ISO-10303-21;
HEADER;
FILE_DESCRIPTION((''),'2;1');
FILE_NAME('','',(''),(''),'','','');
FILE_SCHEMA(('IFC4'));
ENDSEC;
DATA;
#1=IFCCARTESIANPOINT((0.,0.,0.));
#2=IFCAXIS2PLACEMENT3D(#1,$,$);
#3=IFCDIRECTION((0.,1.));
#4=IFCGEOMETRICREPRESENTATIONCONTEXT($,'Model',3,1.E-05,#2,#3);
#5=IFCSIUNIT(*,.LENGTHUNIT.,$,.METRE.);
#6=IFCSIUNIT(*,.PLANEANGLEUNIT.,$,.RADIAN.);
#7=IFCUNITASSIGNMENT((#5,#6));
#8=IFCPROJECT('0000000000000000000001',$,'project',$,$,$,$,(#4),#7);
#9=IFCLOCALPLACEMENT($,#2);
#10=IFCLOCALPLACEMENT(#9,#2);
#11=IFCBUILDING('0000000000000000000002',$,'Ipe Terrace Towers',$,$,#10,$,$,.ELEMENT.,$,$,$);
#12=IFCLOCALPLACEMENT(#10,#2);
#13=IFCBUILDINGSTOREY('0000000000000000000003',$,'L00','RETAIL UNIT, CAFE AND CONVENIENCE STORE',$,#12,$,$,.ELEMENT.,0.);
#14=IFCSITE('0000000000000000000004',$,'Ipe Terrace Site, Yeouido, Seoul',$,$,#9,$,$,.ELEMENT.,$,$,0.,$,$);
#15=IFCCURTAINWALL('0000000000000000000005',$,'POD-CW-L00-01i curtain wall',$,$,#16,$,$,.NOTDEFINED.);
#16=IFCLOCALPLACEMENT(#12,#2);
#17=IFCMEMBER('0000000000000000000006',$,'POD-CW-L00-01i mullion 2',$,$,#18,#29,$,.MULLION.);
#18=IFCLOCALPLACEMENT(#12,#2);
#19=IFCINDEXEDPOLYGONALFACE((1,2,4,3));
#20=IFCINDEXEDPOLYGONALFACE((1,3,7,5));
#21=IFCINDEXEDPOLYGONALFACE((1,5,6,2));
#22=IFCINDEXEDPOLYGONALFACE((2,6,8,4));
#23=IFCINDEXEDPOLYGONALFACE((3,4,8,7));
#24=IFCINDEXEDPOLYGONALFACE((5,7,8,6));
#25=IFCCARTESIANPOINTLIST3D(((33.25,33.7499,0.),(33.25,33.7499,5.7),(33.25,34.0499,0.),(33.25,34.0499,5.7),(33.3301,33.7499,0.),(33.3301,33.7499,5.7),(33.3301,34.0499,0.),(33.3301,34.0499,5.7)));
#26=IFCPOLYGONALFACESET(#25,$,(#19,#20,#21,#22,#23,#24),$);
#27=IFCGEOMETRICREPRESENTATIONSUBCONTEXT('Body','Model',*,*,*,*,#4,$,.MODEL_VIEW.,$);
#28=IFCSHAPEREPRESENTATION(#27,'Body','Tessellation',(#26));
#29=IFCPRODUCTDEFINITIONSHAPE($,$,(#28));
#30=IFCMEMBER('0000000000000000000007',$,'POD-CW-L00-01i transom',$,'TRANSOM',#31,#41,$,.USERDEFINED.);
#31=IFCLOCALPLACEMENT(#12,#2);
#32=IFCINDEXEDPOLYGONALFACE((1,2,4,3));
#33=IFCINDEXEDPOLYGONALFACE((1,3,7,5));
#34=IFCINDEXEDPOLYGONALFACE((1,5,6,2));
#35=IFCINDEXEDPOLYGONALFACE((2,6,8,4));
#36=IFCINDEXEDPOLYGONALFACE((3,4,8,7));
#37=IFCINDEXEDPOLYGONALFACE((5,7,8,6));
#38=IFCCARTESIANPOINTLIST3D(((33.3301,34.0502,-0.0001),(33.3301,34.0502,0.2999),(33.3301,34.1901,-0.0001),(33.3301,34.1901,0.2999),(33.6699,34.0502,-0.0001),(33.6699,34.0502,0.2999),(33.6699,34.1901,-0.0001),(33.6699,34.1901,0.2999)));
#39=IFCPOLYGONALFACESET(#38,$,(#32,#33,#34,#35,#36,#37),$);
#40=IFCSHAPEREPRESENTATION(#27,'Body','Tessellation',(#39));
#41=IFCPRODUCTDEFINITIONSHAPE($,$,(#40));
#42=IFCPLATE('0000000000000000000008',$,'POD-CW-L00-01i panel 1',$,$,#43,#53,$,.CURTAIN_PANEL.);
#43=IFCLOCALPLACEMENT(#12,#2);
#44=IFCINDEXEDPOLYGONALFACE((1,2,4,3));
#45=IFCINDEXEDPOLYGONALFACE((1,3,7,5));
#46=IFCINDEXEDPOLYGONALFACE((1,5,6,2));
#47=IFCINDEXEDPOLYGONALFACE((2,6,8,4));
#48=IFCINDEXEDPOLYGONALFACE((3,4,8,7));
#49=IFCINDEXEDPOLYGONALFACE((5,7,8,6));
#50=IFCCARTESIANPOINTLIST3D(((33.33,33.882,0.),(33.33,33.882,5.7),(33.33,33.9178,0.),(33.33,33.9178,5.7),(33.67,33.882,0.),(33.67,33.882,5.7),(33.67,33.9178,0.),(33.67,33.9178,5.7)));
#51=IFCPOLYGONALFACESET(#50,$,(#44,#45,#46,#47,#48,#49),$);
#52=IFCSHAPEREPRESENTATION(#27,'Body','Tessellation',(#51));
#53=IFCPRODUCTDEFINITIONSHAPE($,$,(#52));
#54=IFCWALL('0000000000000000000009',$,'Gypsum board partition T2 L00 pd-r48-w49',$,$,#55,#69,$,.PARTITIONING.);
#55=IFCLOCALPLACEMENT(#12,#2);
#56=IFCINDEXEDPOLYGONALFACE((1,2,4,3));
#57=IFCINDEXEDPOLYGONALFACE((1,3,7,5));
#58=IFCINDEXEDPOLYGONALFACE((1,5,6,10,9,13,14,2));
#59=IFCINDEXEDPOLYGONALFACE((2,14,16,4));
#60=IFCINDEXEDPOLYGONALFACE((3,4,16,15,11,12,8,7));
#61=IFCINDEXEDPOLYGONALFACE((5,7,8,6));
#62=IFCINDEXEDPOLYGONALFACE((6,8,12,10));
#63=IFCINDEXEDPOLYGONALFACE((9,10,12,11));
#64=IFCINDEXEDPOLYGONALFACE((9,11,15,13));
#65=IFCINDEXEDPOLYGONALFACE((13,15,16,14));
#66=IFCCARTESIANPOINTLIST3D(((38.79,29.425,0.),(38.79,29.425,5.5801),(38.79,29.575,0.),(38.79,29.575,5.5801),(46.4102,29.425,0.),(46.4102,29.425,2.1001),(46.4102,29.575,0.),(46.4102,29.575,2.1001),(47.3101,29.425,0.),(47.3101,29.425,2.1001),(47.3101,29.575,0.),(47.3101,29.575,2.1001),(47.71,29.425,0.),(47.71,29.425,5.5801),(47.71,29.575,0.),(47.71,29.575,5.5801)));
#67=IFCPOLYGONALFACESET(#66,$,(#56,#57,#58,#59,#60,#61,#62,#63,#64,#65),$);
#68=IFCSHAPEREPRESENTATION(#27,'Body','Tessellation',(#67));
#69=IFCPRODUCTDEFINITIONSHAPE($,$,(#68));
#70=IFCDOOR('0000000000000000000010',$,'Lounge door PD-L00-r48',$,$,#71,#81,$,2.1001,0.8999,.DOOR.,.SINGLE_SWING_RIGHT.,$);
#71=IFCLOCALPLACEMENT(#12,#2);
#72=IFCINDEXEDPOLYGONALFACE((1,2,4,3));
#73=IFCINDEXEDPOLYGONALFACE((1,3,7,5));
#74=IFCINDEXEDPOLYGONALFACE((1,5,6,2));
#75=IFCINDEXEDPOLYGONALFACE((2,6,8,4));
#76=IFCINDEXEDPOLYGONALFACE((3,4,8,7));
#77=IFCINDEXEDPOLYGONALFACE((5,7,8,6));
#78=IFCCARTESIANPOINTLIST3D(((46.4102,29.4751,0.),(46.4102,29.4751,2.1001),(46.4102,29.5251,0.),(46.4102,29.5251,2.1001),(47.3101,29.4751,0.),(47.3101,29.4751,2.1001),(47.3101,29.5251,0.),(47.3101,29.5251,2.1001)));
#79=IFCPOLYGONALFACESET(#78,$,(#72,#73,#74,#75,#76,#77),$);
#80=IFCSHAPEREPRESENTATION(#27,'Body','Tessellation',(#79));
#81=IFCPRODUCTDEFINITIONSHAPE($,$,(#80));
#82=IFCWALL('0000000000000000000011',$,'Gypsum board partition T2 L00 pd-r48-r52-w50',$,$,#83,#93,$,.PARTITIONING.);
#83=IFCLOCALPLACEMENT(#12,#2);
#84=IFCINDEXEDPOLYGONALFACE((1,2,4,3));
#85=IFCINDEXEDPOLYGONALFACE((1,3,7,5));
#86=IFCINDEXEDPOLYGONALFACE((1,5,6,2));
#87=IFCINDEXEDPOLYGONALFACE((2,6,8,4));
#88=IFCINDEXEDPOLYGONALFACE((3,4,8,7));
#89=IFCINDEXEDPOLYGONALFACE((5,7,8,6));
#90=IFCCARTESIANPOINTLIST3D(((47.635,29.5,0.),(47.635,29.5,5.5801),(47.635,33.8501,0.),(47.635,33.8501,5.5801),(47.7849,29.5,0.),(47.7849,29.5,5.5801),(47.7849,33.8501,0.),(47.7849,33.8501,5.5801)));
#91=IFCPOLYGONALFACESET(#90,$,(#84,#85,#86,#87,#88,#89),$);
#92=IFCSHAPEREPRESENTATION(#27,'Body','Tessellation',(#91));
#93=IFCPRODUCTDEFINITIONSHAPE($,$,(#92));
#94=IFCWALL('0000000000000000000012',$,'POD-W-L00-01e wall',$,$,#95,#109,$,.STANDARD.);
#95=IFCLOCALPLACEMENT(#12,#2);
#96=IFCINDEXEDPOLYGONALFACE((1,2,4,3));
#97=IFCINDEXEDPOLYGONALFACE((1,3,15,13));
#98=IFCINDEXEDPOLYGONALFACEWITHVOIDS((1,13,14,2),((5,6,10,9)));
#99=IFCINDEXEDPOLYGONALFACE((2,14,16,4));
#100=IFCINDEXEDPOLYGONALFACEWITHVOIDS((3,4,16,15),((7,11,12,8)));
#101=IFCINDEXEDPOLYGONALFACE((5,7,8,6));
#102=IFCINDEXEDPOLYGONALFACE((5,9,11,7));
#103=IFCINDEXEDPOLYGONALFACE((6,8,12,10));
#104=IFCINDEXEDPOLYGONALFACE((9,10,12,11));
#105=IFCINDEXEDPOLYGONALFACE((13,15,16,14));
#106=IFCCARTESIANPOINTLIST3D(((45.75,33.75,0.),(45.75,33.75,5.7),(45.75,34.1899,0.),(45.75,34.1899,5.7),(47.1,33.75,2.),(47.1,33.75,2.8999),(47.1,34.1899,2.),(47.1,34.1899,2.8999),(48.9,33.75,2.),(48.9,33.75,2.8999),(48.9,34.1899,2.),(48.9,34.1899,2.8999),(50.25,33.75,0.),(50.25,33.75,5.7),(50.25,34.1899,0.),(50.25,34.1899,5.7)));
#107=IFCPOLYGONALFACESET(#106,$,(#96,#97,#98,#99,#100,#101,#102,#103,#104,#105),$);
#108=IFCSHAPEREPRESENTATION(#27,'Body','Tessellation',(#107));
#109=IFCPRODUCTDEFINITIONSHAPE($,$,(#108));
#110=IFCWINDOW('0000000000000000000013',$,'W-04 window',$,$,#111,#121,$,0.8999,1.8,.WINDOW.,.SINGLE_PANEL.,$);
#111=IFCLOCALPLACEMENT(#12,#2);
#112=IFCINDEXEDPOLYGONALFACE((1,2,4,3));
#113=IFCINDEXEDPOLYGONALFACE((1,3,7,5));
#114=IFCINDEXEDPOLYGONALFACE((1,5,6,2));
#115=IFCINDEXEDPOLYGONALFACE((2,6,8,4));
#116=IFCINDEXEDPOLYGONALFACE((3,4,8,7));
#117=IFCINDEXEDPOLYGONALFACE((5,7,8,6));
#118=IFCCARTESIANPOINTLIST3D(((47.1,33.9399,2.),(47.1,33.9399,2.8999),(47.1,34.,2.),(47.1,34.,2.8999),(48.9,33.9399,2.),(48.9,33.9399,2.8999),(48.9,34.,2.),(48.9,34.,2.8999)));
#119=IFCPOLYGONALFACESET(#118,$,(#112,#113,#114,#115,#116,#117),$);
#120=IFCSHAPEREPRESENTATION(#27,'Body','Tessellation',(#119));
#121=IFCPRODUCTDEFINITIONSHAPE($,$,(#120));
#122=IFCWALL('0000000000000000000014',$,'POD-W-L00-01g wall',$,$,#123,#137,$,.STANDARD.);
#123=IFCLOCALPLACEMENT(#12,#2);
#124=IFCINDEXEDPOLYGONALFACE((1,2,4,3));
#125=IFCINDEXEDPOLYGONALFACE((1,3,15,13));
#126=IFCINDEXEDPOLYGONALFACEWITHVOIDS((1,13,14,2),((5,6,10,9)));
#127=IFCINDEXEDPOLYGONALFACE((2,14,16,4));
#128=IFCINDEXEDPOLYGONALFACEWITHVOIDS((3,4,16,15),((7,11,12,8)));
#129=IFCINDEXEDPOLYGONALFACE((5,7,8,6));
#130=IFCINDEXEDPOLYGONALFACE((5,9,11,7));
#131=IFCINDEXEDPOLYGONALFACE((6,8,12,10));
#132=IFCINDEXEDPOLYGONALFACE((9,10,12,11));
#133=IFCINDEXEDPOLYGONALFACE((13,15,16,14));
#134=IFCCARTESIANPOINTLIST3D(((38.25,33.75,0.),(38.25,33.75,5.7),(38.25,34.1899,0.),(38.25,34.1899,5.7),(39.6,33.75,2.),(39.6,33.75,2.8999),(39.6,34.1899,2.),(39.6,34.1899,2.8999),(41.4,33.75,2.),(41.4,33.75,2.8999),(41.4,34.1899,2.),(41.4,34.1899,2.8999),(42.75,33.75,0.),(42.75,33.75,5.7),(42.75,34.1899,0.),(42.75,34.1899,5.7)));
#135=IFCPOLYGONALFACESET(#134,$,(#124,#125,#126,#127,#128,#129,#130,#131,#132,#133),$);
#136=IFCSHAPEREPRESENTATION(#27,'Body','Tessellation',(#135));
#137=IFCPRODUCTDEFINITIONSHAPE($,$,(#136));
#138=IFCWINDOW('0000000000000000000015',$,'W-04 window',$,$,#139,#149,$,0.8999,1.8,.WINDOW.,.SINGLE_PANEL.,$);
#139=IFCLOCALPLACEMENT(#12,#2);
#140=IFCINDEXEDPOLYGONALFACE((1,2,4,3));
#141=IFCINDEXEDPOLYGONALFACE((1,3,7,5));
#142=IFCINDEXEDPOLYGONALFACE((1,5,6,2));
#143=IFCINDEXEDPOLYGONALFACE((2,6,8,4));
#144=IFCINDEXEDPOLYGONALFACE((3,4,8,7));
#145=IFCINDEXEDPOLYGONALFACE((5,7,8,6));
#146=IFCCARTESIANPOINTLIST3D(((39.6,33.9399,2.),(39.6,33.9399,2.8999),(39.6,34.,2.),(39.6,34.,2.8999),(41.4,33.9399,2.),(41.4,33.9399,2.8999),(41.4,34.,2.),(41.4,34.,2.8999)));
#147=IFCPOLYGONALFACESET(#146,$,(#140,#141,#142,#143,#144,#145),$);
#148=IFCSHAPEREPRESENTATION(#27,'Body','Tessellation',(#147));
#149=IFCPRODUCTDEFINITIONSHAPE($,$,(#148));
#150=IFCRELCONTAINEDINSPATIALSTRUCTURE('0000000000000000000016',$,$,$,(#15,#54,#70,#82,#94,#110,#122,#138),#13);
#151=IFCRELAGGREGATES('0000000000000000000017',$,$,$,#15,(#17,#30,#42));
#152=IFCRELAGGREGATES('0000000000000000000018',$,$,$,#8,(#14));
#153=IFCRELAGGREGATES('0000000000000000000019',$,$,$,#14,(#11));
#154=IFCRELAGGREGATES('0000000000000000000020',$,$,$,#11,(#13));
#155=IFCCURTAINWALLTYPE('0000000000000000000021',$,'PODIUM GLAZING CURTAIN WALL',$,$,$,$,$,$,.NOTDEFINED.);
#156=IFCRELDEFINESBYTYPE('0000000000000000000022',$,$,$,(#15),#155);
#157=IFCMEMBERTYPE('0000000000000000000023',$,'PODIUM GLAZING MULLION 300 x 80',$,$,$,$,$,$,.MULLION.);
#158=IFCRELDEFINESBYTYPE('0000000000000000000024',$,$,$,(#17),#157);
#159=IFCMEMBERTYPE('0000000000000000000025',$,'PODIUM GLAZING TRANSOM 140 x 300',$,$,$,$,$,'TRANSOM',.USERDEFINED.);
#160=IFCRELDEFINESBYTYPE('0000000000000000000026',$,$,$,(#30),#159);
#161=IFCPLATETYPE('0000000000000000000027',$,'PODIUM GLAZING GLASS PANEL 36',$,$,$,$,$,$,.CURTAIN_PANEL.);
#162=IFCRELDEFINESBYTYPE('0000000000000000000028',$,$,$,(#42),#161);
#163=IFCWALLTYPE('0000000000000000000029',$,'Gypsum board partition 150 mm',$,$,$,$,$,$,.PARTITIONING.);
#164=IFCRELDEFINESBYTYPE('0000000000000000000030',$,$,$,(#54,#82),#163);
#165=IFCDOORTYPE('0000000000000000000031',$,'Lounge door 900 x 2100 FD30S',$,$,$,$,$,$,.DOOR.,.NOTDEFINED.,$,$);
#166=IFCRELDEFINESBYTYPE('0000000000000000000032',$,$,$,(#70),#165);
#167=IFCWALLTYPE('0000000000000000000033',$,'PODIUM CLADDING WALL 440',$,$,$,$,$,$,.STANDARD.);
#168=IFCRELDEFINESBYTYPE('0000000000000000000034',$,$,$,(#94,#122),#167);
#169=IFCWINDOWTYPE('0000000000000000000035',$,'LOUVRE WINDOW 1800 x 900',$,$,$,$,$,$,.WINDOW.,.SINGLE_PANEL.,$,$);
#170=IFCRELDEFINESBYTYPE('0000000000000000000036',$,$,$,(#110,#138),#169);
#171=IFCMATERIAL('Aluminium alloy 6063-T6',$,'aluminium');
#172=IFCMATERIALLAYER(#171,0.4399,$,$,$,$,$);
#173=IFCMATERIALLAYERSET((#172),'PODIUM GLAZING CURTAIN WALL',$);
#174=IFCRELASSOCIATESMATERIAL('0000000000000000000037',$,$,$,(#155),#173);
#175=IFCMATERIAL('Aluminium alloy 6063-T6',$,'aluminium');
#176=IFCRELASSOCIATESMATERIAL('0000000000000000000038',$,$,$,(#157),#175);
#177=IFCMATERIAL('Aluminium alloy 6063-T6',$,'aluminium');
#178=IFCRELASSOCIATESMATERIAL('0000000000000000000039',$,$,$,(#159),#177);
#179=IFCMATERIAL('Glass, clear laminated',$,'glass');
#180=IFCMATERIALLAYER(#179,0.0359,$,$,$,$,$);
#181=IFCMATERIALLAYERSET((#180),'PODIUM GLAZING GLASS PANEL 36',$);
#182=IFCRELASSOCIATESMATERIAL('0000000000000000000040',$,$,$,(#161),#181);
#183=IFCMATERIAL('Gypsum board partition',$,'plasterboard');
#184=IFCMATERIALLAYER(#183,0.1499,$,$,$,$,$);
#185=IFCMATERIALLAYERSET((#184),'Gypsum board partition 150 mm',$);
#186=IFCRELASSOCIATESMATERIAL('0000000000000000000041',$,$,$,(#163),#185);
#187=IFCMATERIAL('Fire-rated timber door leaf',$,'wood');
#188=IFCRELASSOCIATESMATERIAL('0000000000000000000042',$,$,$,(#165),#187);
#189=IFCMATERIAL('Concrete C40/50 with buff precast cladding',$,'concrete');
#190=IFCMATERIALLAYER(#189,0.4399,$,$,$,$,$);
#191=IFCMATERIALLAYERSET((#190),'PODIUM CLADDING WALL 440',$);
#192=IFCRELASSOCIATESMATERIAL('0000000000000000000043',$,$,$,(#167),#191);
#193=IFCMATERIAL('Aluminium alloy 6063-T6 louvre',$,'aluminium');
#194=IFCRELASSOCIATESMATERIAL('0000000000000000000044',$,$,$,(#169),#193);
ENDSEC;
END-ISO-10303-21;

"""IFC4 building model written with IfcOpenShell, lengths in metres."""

from ifc_helpers import new_model, si_unit, direction, frame, frame_2d, origin, origin_2d, place, context, subcontext, project, spatial, rectangle, extrude, material, layer, layer_set, material_profile, profile_set, type_object, element, fill, aggregate, save


model = new_model("IFC4")

# Units and contexts
model_context = context("Model", 3, precision=1e-05, world=origin(), true_north=direction((0.0, 1.0)))
body_context = subcontext(model_context, "Body", "Model", "MODEL_VIEW")
ifc_project = project(units=[si_unit("LENGTHUNIT", "METRE"), si_unit("PLANEANGLEUNIT", "RADIAN")], contexts=[model_context])

# Site, building, storey
site_placement = place(None, origin())
site = spatial("IfcSite", under=ifc_project, at=site_placement, Name="Ipe Terrace Site, Yeouido, Seoul", CompositionType="ELEMENT", RefElevation=0.0)
building_placement = place(site_placement, origin())
building = spatial("IfcBuilding", under=site, at=building_placement, Name="Ipe Terrace Towers", CompositionType="ELEMENT")
storey_placement = place(building_placement, origin())
storey = spatial("IfcBuildingStorey", under=building, at=storey_placement, Name="L00", Description="RETAIL UNIT, CAFE AND CONVENIENCE STORE", CompositionType="ELEMENT", Elevation=0.0)

# Curtain wall, members, plate
ifc_material_1 = material(Name="Aluminium alloy 6063-T6", Category="aluminium")
ifc_layer_1 = layer(ifc_material_1, 0.4399)
ifc_layer_set_1 = layer_set([ifc_layer_1], Name="PODIUM GLAZING CURTAIN WALL")
curtain_wall_type = type_object("IfcCurtainWallType", Name="PODIUM GLAZING CURTAIN WALL", PredefinedType="NOTDEFINED", material=ifc_layer_set_1)
curtain_wall_placement = place(storey_placement, origin())
curtain_wall = element("IfcCurtainWall", 1, at=curtain_wall_placement, inside=storey, type_object=curtain_wall_type, Name="POD-CW-L00-01i curtain wall", PredefinedType="NOTDEFINED")
ifc_material_2 = material(Name="Aluminium alloy 6063-T6", Category="aluminium")
ifc_material_profile_1 = material_profile(ifc_material_2, rectangle(XDim=0.3, YDim=0.0801, at=origin_2d()), Name="PODIUM GLAZING MULLION 300 x 80")
ifc_profile_set_1 = profile_set([ifc_material_profile_1], Name="Aluminium alloy 6063-T6")
member_type_1 = type_object("IfcMemberType", Name="PODIUM GLAZING MULLION 300 x 80", PredefinedType="MULLION", material=ifc_profile_set_1)
member_1_placement = place(storey_placement, frame((33.29, 33.8999, 0.0), z_axis=(0.0, 0.0, 1.0), x_axis=(0.0, 1.0, 0.0)))
member_1 = element("IfcMember", 2, at=member_1_placement, type_object=member_type_1, Name="POD-CW-L00-01i mullion 2", PredefinedType="MULLION", context=body_context, shape_type="SweptSolid", body=[
    extrude(rectangle(XDim=0.3, YDim=0.0801, at=origin_2d()), origin(), (0.0, 0.0, 1.0), 5.7),
])
ifc_material_3 = material(Name="Aluminium alloy 6063-T6", Category="aluminium")
ifc_material_profile_2 = material_profile(ifc_material_3, rectangle(XDim=0.1399, YDim=0.3, at=origin_2d()), Name="PODIUM GLAZING TRANSOM 140 x 300")
ifc_profile_set_2 = profile_set([ifc_material_profile_2], Name="Aluminium alloy 6063-T6")
member_type_2 = type_object("IfcMemberType", Name="PODIUM GLAZING TRANSOM 140 x 300", ElementType="TRANSOM", PredefinedType="USERDEFINED", material=ifc_profile_set_2)
member_2_placement = place(storey_placement, frame((33.6699, 34.1201, 0.1499), z_axis=(-1.0, 0.0, 0.0), x_axis=(0.0, 1.0, 0.0)))
member_2 = element("IfcMember", 3, at=member_2_placement, type_object=member_type_2, Name="POD-CW-L00-01i transom", ObjectType="TRANSOM", PredefinedType="USERDEFINED", context=body_context, shape_type="SweptSolid", body=[
    extrude(rectangle(XDim=0.1399, YDim=0.3, at=origin_2d()), origin(), (0.0, 0.0, 1.0), 0.3398),
])
ifc_material_4 = material(Name="Glass, clear laminated", Category="glass")
ifc_layer_2 = layer(ifc_material_4, 0.0359)
ifc_layer_set_2 = layer_set([ifc_layer_2], Name="PODIUM GLAZING GLASS PANEL 36")
plate_type = type_object("IfcPlateType", Name="PODIUM GLAZING GLASS PANEL 36", PredefinedType="CURTAIN_PANEL", material=ifc_layer_set_2)
plate_placement = place(storey_placement, frame((33.5, 33.8999, 0.0), z_axis=(0.0, 0.0, 1.0), x_axis=(-1.0, 0.0, 0.0)))
plate = element("IfcPlate", 4, at=plate_placement, type_object=plate_type, Name="POD-CW-L00-01i panel 1", PredefinedType="CURTAIN_PANEL", context=body_context, shape_type="SweptSolid", body=[
    extrude(rectangle(XDim=0.3401, YDim=0.0359, at=origin_2d()), origin(), (0.0, 0.0, 1.0), 5.7),
])
aggregate(curtain_wall, [member_1, member_2, plate])

# Wall, opening, door
ifc_material_5 = material(Name="Gypsum board partition", Category="plasterboard")
ifc_layer_3 = layer(ifc_material_5, 0.1499)
ifc_layer_set_3 = layer_set([ifc_layer_3], Name="Gypsum board partition 150 mm")
wall_type_1 = type_object("IfcWallType", Name="Gypsum board partition 150 mm", PredefinedType="PARTITIONING", material=ifc_layer_set_3)
wall_1_placement = place(storey_placement, frame((47.71, 29.5, 0.0), z_axis=(0.0, 0.0, 1.0), x_axis=(-1.0, 0.0, 0.0)))
wall_1 = element("IfcWall", 5, at=wall_1_placement, inside=storey, type_object=wall_type_1, Name="Gypsum board partition T2 L00 pd-r48-w49", PredefinedType="PARTITIONING", context=body_context, shape_type="SweptSolid", body=[
    extrude(rectangle(XDim=8.9199, YDim=0.1499, at=frame_2d((4.46, 0.0))), origin(), (0.0, 0.0, 1.0), 5.5801),
])
opening_1_placement = place(wall_1_placement, frame((0.3999, 0.0, 0.0)))
opening_1 = element("IfcOpeningElement", 6, at=opening_1_placement, cuts=wall_1, PredefinedType="OPENING", context=body_context, shape_type="SweptSolid", body=[
    extrude(rectangle(XDim=0.8999, YDim=2.1001, at=frame_2d((0.45, 1.05))), frame((0.0, 0.085, 0.0), z_axis=(0.0, -1.0, 0.0), x_axis=(1.0, 0.0, 0.0)), (0.0, 0.0, 1.0), 0.1699),
])
ifc_material_6 = material(Name="Fire-rated timber door leaf", Category="wood")
door_type_1 = type_object("IfcDoorType", Name="Lounge door 900 x 2100 FD30S", OperationType="NOTDEFINED", PredefinedType="DOOR", material=ifc_material_6)
door_1_placement = place(opening_1_placement, origin())
door_1 = element("IfcDoor", 7, at=door_1_placement, inside=storey, type_object=door_type_1, Name="Lounge door PD-L00-r48", OperationType="SINGLE_SWING_RIGHT", OverallHeight=2.1001, OverallWidth=0.8999, PredefinedType="DOOR", context=body_context, shape_type="SweptSolid", body=[
    extrude(rectangle(XDim=0.8999, YDim=2.1001, at=frame_2d((0.45, 1.05))), frame((0.0, 0.0249, 0.0), z_axis=(0.0, -1.0, 0.0), x_axis=(1.0, 0.0, 0.0)), (0.0, 0.0, 1.0), 0.05),
])
fill(opening_1, door_1)

# Wall
wall_2_placement = place(storey_placement, frame((47.71, 33.8501, 0.0), z_axis=(0.0, 0.0, 1.0), x_axis=(0.0, -1.0, 0.0)))
element("IfcWall", 8, at=wall_2_placement, inside=storey, type_object=wall_type_1, Name="Gypsum board partition T2 L00 pd-r48-r52-w50", PredefinedType="PARTITIONING", context=body_context, shape_type="SweptSolid", body=[
    extrude(rectangle(XDim=4.3501, YDim=0.1499, at=frame_2d((2.175, 0.0))), origin(), (0.0, 0.0, 1.0), 5.5801),
])

# Wall, opening, window
ifc_material_7 = material(Name="Concrete C40/50 with buff precast cladding", Category="concrete")
ifc_layer_4 = layer(ifc_material_7, 0.4399)
ifc_layer_set_4 = layer_set([ifc_layer_4], Name="PODIUM CLADDING WALL 440")
wall_type_2 = type_object("IfcWallType", Name="PODIUM CLADDING WALL 440", PredefinedType="STANDARD", material=ifc_layer_set_4)
wall_3_placement = place(storey_placement, frame((50.25, 33.97, 0.0), z_axis=(0.0, 0.0, 1.0), x_axis=(-1.0, 0.0, 0.0)))
wall_3 = element("IfcWall", 9, at=wall_3_placement, inside=storey, type_object=wall_type_2, Name="POD-W-L00-01e wall", PredefinedType="STANDARD", context=body_context, shape_type="SweptSolid", body=[
    extrude(rectangle(XDim=4.5, YDim=0.4399, at=frame_2d((2.25, 0.0))), origin(), (0.0, 0.0, 1.0), 5.7),
])
opening_2_placement = place(wall_3_placement, frame((1.3501, 0.0, 2.0)))
opening_2 = element("IfcOpeningElement", 10, at=opening_2_placement, cuts=wall_3, PredefinedType="OPENING", context=body_context, shape_type="SweptSolid", body=[
    extrude(rectangle(XDim=1.8, YDim=0.8999, at=frame_2d((0.8999, 0.45))), frame((0.0, 0.23, 0.0), z_axis=(0.0, -1.0, 0.0), x_axis=(1.0, 0.0, 0.0)), (0.0, 0.0, 1.0), 0.46),
])
ifc_material_8 = material(Name="Aluminium alloy 6063-T6 louvre", Category="aluminium")
window_type = type_object("IfcWindowType", Name="LOUVRE WINDOW 1800 x 900", PartitioningType="SINGLE_PANEL", PredefinedType="WINDOW", material=ifc_material_8)
window_1_placement = place(opening_2_placement, origin())
window_1 = element("IfcWindow", 11, at=window_1_placement, inside=storey, type_object=window_type, Name="W-04 window", OverallHeight=0.8999, OverallWidth=1.8, PartitioningType="SINGLE_PANEL", PredefinedType="WINDOW", context=body_context, shape_type="SweptSolid", body=[
    extrude(rectangle(XDim=1.8, YDim=0.8999, at=frame_2d((0.8999, 0.45))), frame((0.0, 0.03, 0.0), z_axis=(0.0, -1.0, 0.0), x_axis=(1.0, 0.0, 0.0)), (0.0, 0.0, 1.0), 0.0601),
])
fill(opening_2, window_1)

# Wall, opening, window
wall_4_placement = place(storey_placement, frame((42.75, 33.97, 0.0), z_axis=(0.0, 0.0, 1.0), x_axis=(-1.0, 0.0, 0.0)))
wall_4 = element("IfcWall", 12, at=wall_4_placement, inside=storey, type_object=wall_type_2, Name="POD-W-L00-01g wall", PredefinedType="STANDARD", context=body_context, shape_type="SweptSolid", body=[
    extrude(rectangle(XDim=4.5, YDim=0.4399, at=frame_2d((2.25, 0.0))), origin(), (0.0, 0.0, 1.0), 5.7),
])
opening_3_placement = place(wall_4_placement, frame((1.3501, 0.0, 2.0)))
opening_3 = element("IfcOpeningElement", 13, at=opening_3_placement, cuts=wall_4, PredefinedType="OPENING", context=body_context, shape_type="SweptSolid", body=[
    extrude(rectangle(XDim=1.8, YDim=0.8999, at=frame_2d((0.8999, 0.45))), frame((0.0, 0.23, 0.0), z_axis=(0.0, -1.0, 0.0), x_axis=(1.0, 0.0, 0.0)), (0.0, 0.0, 1.0), 0.46),
])
window_2_placement = place(opening_3_placement, origin())
window_2 = element("IfcWindow", 14, at=window_2_placement, inside=storey, type_object=window_type, Name="W-04 window", OverallHeight=0.8999, OverallWidth=1.8, PartitioningType="SINGLE_PANEL", PredefinedType="WINDOW", context=body_context, shape_type="SweptSolid", body=[
    extrude(rectangle(XDim=1.8, YDim=0.8999, at=frame_2d((0.8999, 0.45))), frame((0.0, 0.03, 0.0), z_axis=(0.0, -1.0, 0.0), x_axis=(1.0, 0.0, 0.0)), (0.0, 0.0, 1.0), 0.0601),
])
fill(opening_3, window_2)

save(model, "model.ifc")
